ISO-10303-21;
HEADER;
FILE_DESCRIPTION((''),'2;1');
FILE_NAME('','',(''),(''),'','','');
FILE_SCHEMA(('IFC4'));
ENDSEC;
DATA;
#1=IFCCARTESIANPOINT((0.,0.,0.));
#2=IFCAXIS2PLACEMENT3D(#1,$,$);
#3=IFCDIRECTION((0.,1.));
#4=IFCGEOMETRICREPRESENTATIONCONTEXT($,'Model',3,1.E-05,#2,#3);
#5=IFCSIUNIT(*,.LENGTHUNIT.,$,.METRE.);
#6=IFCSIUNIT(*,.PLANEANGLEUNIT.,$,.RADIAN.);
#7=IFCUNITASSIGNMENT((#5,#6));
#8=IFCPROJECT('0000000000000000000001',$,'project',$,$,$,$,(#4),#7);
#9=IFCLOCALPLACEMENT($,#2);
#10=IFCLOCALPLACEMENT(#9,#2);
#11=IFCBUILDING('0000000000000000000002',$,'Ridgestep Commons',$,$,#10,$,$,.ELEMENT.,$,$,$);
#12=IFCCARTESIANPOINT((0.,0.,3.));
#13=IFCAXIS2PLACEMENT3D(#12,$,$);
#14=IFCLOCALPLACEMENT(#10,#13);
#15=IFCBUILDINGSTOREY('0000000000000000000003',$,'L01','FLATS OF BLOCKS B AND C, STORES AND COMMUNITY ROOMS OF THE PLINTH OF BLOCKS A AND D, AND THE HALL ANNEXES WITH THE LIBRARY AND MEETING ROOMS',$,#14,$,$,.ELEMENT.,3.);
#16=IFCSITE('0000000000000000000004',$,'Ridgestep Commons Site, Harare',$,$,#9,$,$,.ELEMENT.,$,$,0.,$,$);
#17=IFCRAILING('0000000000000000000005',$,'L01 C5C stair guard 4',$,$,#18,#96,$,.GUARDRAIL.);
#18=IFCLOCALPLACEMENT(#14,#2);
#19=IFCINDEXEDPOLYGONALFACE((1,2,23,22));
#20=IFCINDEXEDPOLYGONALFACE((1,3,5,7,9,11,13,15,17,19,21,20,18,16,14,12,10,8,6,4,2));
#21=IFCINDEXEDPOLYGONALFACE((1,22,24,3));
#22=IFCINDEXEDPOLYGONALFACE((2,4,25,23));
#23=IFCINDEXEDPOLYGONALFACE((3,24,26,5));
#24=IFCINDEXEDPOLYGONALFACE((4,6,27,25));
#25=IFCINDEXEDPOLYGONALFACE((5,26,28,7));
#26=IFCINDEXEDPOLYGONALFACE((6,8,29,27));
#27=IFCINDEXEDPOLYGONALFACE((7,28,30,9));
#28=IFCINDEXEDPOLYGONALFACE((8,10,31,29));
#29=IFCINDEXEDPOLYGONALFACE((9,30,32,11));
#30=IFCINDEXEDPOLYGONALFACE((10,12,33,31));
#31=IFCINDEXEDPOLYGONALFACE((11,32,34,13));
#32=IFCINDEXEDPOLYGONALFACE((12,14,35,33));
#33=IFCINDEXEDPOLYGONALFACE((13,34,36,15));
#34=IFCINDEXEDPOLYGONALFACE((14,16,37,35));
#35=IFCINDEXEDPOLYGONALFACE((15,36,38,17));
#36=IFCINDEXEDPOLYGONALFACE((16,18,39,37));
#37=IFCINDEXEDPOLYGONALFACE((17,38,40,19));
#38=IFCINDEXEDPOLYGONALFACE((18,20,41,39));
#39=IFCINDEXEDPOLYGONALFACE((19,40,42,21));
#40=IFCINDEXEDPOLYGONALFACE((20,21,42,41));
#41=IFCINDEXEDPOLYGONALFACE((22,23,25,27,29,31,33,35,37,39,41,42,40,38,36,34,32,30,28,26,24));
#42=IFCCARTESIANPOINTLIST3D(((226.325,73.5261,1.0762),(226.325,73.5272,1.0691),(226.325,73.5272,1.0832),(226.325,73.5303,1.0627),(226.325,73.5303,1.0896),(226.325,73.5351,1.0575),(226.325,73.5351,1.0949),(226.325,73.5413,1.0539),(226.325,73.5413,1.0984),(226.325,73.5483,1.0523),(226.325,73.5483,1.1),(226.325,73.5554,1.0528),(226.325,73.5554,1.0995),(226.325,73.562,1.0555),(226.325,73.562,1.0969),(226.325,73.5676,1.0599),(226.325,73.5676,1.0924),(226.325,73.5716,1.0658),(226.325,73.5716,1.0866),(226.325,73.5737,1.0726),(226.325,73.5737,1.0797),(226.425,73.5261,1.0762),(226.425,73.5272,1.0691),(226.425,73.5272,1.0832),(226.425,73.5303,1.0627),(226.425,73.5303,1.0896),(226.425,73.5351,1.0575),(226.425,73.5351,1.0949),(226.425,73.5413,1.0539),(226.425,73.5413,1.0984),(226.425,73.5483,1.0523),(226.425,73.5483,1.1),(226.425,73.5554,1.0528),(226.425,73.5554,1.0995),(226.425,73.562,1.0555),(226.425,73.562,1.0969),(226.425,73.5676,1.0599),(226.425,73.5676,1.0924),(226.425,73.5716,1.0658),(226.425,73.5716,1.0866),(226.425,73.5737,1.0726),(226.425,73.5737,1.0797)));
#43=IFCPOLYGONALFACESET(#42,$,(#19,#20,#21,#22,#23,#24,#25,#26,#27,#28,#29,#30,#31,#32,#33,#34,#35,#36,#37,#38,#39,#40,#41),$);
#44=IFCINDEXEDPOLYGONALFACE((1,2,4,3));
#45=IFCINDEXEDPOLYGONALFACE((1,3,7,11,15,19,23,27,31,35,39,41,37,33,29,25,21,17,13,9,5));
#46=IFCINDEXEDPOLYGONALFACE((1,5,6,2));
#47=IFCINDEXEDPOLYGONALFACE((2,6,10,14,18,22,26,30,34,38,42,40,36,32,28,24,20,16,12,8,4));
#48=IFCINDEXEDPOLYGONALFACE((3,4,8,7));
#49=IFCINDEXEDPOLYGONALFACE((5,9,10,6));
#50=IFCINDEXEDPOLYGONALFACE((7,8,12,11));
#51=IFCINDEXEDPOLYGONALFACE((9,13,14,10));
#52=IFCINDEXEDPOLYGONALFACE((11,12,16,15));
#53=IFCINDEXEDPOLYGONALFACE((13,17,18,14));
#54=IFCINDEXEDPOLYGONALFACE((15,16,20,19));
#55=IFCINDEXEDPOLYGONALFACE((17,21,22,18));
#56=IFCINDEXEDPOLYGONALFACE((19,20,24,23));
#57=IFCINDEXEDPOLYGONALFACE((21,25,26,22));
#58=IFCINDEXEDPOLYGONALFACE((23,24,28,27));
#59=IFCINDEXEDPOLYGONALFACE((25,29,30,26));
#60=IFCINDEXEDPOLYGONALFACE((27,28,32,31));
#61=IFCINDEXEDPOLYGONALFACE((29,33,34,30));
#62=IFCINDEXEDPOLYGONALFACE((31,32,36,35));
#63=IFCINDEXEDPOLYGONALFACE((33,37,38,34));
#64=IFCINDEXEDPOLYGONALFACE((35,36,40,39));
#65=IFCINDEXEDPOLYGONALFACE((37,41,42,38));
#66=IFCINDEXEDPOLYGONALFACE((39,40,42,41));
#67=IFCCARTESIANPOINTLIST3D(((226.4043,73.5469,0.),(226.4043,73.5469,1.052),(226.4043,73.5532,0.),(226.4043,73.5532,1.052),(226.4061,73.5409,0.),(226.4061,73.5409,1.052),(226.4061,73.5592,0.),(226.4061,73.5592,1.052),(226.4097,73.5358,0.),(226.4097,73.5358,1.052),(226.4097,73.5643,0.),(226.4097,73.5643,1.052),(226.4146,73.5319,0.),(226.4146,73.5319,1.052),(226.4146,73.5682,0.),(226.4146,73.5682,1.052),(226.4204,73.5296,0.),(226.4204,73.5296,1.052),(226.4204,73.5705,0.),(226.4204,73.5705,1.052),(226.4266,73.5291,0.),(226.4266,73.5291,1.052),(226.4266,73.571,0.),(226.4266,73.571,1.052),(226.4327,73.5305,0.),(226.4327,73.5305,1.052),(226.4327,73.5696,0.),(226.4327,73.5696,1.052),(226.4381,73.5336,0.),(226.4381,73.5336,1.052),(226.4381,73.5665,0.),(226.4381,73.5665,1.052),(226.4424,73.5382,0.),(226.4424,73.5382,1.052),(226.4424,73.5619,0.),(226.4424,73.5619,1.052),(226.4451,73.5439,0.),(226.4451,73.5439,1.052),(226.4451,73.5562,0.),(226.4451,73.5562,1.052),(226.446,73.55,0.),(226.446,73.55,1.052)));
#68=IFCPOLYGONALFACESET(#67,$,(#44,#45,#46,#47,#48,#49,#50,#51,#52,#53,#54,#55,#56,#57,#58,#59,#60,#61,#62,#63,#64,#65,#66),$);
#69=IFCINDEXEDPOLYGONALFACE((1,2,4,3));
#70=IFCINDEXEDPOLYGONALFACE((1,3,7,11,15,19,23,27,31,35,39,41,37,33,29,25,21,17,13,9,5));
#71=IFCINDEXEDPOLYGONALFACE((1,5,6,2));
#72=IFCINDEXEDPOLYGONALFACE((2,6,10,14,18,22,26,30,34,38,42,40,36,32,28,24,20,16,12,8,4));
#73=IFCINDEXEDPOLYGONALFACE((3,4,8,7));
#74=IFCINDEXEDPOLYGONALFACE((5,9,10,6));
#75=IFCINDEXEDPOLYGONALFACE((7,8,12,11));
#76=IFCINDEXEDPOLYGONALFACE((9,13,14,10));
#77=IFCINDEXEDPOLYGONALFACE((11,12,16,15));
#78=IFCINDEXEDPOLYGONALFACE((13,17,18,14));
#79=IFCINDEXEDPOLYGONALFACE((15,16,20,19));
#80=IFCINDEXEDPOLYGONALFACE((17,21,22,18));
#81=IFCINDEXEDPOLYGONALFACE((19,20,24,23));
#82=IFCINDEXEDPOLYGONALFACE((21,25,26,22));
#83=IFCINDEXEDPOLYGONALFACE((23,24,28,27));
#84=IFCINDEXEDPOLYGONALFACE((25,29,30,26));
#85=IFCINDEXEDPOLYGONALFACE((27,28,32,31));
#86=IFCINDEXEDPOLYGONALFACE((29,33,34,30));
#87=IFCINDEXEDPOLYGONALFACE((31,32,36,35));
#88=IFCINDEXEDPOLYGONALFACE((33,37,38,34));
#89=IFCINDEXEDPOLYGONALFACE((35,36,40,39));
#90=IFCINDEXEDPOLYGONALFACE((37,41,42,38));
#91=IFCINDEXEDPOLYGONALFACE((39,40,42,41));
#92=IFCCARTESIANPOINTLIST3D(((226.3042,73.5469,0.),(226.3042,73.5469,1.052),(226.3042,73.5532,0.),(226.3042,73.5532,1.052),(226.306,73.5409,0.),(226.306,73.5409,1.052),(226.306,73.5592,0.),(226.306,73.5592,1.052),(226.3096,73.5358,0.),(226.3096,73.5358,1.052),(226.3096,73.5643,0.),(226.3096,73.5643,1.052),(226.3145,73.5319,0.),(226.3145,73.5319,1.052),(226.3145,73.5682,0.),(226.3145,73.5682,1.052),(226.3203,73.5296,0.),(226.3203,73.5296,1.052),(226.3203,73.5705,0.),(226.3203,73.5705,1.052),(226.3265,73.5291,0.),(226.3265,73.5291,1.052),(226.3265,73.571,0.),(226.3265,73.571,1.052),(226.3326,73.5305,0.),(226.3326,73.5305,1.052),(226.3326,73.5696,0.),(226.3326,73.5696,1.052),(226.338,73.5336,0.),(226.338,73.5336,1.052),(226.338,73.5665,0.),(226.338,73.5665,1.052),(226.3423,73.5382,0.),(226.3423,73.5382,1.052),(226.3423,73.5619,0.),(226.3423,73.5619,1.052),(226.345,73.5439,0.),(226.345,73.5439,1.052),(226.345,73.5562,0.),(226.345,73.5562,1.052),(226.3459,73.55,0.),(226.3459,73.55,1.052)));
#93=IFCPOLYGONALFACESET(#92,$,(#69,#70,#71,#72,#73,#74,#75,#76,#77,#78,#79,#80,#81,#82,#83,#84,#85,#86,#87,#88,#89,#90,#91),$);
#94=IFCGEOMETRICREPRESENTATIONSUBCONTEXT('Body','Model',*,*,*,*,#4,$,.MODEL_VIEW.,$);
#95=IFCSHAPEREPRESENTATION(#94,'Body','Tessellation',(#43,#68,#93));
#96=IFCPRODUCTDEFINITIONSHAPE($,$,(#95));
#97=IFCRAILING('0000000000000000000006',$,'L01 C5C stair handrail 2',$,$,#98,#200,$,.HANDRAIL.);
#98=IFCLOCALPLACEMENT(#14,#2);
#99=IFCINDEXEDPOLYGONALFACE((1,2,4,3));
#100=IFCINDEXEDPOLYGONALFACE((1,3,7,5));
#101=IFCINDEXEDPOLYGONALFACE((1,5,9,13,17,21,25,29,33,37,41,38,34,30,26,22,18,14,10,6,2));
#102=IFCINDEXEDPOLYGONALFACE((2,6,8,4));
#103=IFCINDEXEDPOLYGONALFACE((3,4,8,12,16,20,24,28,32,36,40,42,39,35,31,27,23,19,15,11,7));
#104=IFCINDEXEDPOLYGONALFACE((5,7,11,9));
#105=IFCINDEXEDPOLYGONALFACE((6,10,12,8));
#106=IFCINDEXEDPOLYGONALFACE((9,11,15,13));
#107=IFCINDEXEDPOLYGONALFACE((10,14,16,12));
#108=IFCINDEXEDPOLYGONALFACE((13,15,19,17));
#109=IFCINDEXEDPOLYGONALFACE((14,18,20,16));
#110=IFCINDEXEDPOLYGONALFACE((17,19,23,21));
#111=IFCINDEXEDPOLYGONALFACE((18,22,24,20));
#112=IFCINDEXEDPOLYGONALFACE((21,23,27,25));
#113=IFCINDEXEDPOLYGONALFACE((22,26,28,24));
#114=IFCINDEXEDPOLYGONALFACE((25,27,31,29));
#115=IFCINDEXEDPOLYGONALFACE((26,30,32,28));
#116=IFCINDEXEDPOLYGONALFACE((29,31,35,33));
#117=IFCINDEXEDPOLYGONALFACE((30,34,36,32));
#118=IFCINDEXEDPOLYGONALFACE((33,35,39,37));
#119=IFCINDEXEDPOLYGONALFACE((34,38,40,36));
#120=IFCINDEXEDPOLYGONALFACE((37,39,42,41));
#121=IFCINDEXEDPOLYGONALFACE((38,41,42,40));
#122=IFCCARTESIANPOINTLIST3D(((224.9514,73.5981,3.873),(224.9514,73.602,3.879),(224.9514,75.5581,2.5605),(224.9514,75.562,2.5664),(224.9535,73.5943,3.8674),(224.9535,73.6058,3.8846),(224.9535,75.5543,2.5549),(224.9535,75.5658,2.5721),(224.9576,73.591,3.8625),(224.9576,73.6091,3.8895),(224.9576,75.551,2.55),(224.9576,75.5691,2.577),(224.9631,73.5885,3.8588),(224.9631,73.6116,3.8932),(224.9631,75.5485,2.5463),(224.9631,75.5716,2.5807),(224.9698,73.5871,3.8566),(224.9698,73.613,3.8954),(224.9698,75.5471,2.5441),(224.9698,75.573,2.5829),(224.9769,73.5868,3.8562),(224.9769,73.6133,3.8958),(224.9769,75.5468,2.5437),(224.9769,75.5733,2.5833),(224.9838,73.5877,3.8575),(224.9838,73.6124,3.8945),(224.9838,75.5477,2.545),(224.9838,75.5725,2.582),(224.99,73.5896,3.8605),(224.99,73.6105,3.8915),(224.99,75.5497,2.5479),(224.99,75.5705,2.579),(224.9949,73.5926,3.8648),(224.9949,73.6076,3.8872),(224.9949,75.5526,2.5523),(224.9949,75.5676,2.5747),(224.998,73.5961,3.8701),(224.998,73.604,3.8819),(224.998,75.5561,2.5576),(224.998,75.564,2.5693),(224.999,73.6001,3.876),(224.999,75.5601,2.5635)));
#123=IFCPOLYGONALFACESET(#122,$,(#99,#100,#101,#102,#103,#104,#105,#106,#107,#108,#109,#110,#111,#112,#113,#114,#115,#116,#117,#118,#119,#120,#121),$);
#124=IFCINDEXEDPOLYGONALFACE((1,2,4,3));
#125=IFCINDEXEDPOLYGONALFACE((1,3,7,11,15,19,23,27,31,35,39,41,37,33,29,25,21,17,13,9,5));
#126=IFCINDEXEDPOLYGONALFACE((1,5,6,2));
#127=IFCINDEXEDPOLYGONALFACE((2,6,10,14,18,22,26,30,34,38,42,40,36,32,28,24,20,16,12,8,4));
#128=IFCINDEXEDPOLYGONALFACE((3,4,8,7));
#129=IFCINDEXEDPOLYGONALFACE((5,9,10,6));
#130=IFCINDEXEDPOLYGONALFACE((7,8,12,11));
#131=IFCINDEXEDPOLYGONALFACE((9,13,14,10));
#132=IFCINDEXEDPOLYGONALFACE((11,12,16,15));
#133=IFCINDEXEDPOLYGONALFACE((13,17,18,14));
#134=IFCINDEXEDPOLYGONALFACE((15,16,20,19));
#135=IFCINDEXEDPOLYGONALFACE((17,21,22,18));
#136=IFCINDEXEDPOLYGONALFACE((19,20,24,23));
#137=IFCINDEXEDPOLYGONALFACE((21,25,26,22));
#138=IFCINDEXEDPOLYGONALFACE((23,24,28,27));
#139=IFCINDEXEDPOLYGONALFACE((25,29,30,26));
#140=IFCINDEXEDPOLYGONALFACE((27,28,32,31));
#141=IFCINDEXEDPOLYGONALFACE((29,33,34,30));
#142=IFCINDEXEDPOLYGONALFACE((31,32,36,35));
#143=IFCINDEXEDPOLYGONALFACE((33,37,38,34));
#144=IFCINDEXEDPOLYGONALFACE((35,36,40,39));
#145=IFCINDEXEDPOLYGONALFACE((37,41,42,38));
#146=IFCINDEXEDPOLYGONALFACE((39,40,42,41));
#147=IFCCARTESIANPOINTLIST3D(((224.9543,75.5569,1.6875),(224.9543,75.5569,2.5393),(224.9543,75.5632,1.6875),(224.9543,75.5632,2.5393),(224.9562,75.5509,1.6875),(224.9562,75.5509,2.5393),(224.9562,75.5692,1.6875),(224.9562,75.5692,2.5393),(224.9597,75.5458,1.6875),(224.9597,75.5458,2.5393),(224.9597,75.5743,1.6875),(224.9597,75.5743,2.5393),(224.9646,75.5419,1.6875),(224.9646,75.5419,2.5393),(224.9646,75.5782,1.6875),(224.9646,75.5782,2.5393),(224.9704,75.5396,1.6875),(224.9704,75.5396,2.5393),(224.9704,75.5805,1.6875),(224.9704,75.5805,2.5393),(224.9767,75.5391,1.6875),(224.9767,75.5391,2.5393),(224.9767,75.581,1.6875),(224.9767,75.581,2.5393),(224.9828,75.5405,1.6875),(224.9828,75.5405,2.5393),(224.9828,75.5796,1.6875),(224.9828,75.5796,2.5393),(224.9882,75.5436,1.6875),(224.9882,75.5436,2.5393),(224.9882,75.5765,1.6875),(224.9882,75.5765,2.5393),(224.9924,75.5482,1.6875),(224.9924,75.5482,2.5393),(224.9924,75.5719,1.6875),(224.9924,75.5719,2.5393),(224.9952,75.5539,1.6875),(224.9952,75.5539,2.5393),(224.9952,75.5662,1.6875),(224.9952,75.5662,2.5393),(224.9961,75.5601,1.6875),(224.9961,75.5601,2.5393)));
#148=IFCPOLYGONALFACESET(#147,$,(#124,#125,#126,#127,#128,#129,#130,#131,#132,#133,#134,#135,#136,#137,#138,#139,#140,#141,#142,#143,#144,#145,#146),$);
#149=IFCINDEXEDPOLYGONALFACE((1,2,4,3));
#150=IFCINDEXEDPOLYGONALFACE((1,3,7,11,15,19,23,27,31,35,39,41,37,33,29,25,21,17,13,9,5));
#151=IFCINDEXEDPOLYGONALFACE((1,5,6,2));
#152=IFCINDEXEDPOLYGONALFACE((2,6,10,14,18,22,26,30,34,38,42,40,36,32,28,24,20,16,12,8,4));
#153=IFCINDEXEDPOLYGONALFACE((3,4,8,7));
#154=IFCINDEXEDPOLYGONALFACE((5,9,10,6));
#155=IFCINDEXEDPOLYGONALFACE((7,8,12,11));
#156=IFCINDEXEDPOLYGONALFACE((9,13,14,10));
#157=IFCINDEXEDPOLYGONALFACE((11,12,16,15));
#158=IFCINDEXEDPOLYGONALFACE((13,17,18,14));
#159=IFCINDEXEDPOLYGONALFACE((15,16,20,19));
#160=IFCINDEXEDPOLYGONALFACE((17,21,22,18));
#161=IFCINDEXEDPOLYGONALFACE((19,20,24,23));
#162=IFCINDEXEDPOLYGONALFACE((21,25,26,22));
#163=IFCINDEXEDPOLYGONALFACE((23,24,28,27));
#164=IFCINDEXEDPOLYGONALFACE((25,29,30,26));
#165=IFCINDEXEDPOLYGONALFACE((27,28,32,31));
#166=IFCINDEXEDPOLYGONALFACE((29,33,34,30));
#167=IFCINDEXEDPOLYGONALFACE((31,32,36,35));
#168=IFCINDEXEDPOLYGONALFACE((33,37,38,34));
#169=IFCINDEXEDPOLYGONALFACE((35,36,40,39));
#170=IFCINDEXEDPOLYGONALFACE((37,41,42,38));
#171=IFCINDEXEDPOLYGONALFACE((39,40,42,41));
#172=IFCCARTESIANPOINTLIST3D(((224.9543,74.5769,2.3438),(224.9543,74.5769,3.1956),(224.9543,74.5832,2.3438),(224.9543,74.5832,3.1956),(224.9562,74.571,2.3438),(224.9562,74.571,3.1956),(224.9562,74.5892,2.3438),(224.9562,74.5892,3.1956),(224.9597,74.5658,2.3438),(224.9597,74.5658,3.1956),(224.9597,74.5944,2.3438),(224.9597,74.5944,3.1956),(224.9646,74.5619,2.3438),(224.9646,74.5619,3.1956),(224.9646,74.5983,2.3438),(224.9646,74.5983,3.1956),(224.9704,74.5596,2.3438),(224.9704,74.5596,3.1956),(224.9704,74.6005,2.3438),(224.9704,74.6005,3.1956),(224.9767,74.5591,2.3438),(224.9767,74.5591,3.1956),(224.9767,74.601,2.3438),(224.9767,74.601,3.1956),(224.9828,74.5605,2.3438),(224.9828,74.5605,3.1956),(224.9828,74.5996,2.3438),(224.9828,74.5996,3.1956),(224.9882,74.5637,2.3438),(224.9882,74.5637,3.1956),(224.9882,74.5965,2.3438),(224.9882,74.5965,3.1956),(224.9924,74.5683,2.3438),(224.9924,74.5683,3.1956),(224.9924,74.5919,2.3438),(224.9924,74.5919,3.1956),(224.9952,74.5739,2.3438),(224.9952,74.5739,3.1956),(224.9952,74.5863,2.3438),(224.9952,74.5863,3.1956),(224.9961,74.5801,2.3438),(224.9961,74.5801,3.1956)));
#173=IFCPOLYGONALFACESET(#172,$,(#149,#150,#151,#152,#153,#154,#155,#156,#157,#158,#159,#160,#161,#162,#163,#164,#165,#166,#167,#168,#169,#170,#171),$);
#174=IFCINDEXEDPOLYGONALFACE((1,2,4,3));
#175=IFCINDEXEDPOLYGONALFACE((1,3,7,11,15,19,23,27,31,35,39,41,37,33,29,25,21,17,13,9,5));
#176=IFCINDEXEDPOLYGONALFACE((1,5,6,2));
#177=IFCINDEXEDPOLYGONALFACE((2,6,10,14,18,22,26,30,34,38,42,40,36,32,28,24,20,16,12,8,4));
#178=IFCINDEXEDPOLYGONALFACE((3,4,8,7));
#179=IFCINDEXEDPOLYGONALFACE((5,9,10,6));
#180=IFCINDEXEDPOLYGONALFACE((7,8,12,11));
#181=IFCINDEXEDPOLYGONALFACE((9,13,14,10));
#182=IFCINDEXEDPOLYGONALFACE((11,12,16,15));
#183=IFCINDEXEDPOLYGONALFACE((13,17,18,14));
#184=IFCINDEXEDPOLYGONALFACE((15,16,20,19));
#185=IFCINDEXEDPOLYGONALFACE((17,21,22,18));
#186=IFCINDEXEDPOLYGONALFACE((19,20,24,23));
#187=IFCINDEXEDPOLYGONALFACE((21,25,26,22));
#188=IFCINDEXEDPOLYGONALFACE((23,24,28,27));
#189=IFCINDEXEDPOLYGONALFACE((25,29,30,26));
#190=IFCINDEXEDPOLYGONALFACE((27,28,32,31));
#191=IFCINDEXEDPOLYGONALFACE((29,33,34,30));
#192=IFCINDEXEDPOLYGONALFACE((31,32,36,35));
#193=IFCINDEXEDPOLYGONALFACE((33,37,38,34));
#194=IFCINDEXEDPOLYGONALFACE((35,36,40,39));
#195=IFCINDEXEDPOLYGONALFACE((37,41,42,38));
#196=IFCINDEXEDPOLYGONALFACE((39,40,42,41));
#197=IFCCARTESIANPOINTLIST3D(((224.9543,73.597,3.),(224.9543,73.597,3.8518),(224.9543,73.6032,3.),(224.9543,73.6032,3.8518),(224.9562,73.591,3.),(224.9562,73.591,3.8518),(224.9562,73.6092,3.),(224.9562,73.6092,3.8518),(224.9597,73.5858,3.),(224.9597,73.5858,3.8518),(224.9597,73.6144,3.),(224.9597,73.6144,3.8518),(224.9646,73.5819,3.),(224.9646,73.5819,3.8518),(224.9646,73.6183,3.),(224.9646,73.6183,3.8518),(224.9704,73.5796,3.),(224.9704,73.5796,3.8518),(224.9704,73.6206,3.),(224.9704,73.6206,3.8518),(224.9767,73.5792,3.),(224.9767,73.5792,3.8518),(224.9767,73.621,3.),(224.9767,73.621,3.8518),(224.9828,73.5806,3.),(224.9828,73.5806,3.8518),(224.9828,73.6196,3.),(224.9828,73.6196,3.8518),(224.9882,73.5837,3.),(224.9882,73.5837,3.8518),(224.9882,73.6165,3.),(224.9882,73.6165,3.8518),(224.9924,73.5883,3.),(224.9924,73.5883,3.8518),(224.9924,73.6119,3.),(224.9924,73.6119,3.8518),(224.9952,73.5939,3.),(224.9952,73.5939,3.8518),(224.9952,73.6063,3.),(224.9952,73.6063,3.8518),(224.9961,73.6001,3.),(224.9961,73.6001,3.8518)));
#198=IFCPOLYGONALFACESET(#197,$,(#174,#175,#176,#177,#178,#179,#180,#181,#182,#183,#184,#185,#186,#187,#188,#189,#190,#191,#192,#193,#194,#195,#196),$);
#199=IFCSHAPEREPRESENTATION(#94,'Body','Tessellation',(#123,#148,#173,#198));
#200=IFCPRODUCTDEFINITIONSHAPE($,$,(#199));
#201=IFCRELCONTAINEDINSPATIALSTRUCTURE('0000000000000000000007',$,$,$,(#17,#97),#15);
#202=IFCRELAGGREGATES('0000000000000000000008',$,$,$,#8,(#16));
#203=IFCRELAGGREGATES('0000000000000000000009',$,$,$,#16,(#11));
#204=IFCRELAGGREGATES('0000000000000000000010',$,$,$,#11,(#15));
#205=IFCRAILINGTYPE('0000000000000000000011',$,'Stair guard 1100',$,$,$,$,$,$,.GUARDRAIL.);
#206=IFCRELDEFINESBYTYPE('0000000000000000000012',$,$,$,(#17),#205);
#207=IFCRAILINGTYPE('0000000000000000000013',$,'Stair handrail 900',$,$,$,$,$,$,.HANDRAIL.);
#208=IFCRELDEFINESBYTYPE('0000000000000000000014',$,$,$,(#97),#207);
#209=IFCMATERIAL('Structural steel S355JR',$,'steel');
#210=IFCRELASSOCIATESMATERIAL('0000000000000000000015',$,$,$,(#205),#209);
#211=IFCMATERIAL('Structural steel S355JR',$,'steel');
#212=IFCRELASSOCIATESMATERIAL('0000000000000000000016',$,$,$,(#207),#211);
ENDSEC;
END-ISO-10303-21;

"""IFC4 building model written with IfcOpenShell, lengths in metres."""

from ifc_helpers import new_model, si_unit, direction, frame, origin, origin_2d, place, context, subcontext, project, spatial, circle, extrude, material, type_object, element, save


model = new_model("IFC4")

# Units and contexts
model_context = context("Model", 3, precision=1e-05, world=origin(), true_north=direction((0.0, 1.0)))
body_context = subcontext(model_context, "Body", "Model", "MODEL_VIEW")
ifc_project = project(units=[si_unit("LENGTHUNIT", "METRE"), si_unit("PLANEANGLEUNIT", "RADIAN")], contexts=[model_context])

# Site, building, storey
site_placement = place(None, origin())
site = spatial("IfcSite", under=ifc_project, at=site_placement, Name="Ridgestep Commons Site, Harare", CompositionType="ELEMENT", RefElevation=0.0)
building_placement = place(site_placement, origin())
building = spatial("IfcBuilding", under=site, at=building_placement, Name="Ridgestep Commons", CompositionType="ELEMENT")
storey_placement = place(building_placement, frame((0.0, 0.0, 3.0)))
storey = spatial("IfcBuildingStorey", under=building, at=storey_placement, Name="L01", Description="FLATS OF BLOCKS B AND C, STORES AND COMMUNITY ROOMS OF THE PLINTH OF BLOCKS A AND D, AND THE HALL ANNEXES WITH THE LIBRARY AND MEETING ROOMS", CompositionType="ELEMENT", Elevation=3.0)

# Railings
ifc_material_1 = material(Name="Structural steel S355JR", Category="steel")
railing_type_1 = type_object("IfcRailingType", Name="Stair guard 1100", PredefinedType="GUARDRAIL", material=ifc_material_1)
railing_1_placement = place(storey_placement, frame((226.425, 73.55, 0.0)))
element("IfcRailing", 1, at=railing_1_placement, inside=storey, type_object=railing_type_1, Name="L01 C5C stair guard 4", PredefinedType="GUARDRAIL", context=body_context, shape_type="SweptSolid", body=[
    extrude(circle(Radius=0.0239, at=origin_2d()), frame((0.0, 0.0, 1.0762), z_axis=(-1.0, 0.0, 0.0), x_axis=(0.0, -1.0, 0.0)), (0.0, 0.0, 1.0), 0.1001),
    extrude(circle(Radius=0.021, at=origin_2d()), origin(), (0.0, 0.0, 1.0), 1.052),
    extrude(circle(Radius=0.021, at=origin_2d()), frame((-0.1001, 0.0, 0.0)), (0.0, 0.0, 1.0), 1.052),
])
ifc_material_2 = material(Name="Structural steel S355JR", Category="steel")
railing_type_2 = type_object("IfcRailingType", Name="Stair handrail 900", PredefinedType="HANDRAIL", material=ifc_material_2)
railing_2_placement = place(storey_placement, frame((224.9751, 75.5601, 1.6875)))
element("IfcRailing", 2, at=railing_2_placement, inside=storey, type_object=railing_type_2, Name="L01 C5C stair handrail 2", PredefinedType="HANDRAIL", context=body_context, shape_type="SweptSolid", body=[
    extrude(circle(Radius=0.0239, at=origin_2d()), frame((0.0, 0.0, 0.876), z_axis=(0.0, -0.830902, 0.556419), x_axis=(1.0, 0.0, 0.0)), (0.0, 0.0, 1.0), 2.3589),
    extrude(circle(Radius=0.021, at=origin_2d()), origin(), (0.0, 0.0, 1.0), 0.8518),
    extrude(circle(Radius=0.021, at=origin_2d()), frame((0.0, -0.98, 0.6562)), (0.0, 0.0, 1.0), 0.8518),
    extrude(circle(Radius=0.021, at=origin_2d()), frame((0.0, -1.96, 1.3125)), (0.0, 0.0, 1.0), 0.8518),
])

save(model, "model.ifc")
